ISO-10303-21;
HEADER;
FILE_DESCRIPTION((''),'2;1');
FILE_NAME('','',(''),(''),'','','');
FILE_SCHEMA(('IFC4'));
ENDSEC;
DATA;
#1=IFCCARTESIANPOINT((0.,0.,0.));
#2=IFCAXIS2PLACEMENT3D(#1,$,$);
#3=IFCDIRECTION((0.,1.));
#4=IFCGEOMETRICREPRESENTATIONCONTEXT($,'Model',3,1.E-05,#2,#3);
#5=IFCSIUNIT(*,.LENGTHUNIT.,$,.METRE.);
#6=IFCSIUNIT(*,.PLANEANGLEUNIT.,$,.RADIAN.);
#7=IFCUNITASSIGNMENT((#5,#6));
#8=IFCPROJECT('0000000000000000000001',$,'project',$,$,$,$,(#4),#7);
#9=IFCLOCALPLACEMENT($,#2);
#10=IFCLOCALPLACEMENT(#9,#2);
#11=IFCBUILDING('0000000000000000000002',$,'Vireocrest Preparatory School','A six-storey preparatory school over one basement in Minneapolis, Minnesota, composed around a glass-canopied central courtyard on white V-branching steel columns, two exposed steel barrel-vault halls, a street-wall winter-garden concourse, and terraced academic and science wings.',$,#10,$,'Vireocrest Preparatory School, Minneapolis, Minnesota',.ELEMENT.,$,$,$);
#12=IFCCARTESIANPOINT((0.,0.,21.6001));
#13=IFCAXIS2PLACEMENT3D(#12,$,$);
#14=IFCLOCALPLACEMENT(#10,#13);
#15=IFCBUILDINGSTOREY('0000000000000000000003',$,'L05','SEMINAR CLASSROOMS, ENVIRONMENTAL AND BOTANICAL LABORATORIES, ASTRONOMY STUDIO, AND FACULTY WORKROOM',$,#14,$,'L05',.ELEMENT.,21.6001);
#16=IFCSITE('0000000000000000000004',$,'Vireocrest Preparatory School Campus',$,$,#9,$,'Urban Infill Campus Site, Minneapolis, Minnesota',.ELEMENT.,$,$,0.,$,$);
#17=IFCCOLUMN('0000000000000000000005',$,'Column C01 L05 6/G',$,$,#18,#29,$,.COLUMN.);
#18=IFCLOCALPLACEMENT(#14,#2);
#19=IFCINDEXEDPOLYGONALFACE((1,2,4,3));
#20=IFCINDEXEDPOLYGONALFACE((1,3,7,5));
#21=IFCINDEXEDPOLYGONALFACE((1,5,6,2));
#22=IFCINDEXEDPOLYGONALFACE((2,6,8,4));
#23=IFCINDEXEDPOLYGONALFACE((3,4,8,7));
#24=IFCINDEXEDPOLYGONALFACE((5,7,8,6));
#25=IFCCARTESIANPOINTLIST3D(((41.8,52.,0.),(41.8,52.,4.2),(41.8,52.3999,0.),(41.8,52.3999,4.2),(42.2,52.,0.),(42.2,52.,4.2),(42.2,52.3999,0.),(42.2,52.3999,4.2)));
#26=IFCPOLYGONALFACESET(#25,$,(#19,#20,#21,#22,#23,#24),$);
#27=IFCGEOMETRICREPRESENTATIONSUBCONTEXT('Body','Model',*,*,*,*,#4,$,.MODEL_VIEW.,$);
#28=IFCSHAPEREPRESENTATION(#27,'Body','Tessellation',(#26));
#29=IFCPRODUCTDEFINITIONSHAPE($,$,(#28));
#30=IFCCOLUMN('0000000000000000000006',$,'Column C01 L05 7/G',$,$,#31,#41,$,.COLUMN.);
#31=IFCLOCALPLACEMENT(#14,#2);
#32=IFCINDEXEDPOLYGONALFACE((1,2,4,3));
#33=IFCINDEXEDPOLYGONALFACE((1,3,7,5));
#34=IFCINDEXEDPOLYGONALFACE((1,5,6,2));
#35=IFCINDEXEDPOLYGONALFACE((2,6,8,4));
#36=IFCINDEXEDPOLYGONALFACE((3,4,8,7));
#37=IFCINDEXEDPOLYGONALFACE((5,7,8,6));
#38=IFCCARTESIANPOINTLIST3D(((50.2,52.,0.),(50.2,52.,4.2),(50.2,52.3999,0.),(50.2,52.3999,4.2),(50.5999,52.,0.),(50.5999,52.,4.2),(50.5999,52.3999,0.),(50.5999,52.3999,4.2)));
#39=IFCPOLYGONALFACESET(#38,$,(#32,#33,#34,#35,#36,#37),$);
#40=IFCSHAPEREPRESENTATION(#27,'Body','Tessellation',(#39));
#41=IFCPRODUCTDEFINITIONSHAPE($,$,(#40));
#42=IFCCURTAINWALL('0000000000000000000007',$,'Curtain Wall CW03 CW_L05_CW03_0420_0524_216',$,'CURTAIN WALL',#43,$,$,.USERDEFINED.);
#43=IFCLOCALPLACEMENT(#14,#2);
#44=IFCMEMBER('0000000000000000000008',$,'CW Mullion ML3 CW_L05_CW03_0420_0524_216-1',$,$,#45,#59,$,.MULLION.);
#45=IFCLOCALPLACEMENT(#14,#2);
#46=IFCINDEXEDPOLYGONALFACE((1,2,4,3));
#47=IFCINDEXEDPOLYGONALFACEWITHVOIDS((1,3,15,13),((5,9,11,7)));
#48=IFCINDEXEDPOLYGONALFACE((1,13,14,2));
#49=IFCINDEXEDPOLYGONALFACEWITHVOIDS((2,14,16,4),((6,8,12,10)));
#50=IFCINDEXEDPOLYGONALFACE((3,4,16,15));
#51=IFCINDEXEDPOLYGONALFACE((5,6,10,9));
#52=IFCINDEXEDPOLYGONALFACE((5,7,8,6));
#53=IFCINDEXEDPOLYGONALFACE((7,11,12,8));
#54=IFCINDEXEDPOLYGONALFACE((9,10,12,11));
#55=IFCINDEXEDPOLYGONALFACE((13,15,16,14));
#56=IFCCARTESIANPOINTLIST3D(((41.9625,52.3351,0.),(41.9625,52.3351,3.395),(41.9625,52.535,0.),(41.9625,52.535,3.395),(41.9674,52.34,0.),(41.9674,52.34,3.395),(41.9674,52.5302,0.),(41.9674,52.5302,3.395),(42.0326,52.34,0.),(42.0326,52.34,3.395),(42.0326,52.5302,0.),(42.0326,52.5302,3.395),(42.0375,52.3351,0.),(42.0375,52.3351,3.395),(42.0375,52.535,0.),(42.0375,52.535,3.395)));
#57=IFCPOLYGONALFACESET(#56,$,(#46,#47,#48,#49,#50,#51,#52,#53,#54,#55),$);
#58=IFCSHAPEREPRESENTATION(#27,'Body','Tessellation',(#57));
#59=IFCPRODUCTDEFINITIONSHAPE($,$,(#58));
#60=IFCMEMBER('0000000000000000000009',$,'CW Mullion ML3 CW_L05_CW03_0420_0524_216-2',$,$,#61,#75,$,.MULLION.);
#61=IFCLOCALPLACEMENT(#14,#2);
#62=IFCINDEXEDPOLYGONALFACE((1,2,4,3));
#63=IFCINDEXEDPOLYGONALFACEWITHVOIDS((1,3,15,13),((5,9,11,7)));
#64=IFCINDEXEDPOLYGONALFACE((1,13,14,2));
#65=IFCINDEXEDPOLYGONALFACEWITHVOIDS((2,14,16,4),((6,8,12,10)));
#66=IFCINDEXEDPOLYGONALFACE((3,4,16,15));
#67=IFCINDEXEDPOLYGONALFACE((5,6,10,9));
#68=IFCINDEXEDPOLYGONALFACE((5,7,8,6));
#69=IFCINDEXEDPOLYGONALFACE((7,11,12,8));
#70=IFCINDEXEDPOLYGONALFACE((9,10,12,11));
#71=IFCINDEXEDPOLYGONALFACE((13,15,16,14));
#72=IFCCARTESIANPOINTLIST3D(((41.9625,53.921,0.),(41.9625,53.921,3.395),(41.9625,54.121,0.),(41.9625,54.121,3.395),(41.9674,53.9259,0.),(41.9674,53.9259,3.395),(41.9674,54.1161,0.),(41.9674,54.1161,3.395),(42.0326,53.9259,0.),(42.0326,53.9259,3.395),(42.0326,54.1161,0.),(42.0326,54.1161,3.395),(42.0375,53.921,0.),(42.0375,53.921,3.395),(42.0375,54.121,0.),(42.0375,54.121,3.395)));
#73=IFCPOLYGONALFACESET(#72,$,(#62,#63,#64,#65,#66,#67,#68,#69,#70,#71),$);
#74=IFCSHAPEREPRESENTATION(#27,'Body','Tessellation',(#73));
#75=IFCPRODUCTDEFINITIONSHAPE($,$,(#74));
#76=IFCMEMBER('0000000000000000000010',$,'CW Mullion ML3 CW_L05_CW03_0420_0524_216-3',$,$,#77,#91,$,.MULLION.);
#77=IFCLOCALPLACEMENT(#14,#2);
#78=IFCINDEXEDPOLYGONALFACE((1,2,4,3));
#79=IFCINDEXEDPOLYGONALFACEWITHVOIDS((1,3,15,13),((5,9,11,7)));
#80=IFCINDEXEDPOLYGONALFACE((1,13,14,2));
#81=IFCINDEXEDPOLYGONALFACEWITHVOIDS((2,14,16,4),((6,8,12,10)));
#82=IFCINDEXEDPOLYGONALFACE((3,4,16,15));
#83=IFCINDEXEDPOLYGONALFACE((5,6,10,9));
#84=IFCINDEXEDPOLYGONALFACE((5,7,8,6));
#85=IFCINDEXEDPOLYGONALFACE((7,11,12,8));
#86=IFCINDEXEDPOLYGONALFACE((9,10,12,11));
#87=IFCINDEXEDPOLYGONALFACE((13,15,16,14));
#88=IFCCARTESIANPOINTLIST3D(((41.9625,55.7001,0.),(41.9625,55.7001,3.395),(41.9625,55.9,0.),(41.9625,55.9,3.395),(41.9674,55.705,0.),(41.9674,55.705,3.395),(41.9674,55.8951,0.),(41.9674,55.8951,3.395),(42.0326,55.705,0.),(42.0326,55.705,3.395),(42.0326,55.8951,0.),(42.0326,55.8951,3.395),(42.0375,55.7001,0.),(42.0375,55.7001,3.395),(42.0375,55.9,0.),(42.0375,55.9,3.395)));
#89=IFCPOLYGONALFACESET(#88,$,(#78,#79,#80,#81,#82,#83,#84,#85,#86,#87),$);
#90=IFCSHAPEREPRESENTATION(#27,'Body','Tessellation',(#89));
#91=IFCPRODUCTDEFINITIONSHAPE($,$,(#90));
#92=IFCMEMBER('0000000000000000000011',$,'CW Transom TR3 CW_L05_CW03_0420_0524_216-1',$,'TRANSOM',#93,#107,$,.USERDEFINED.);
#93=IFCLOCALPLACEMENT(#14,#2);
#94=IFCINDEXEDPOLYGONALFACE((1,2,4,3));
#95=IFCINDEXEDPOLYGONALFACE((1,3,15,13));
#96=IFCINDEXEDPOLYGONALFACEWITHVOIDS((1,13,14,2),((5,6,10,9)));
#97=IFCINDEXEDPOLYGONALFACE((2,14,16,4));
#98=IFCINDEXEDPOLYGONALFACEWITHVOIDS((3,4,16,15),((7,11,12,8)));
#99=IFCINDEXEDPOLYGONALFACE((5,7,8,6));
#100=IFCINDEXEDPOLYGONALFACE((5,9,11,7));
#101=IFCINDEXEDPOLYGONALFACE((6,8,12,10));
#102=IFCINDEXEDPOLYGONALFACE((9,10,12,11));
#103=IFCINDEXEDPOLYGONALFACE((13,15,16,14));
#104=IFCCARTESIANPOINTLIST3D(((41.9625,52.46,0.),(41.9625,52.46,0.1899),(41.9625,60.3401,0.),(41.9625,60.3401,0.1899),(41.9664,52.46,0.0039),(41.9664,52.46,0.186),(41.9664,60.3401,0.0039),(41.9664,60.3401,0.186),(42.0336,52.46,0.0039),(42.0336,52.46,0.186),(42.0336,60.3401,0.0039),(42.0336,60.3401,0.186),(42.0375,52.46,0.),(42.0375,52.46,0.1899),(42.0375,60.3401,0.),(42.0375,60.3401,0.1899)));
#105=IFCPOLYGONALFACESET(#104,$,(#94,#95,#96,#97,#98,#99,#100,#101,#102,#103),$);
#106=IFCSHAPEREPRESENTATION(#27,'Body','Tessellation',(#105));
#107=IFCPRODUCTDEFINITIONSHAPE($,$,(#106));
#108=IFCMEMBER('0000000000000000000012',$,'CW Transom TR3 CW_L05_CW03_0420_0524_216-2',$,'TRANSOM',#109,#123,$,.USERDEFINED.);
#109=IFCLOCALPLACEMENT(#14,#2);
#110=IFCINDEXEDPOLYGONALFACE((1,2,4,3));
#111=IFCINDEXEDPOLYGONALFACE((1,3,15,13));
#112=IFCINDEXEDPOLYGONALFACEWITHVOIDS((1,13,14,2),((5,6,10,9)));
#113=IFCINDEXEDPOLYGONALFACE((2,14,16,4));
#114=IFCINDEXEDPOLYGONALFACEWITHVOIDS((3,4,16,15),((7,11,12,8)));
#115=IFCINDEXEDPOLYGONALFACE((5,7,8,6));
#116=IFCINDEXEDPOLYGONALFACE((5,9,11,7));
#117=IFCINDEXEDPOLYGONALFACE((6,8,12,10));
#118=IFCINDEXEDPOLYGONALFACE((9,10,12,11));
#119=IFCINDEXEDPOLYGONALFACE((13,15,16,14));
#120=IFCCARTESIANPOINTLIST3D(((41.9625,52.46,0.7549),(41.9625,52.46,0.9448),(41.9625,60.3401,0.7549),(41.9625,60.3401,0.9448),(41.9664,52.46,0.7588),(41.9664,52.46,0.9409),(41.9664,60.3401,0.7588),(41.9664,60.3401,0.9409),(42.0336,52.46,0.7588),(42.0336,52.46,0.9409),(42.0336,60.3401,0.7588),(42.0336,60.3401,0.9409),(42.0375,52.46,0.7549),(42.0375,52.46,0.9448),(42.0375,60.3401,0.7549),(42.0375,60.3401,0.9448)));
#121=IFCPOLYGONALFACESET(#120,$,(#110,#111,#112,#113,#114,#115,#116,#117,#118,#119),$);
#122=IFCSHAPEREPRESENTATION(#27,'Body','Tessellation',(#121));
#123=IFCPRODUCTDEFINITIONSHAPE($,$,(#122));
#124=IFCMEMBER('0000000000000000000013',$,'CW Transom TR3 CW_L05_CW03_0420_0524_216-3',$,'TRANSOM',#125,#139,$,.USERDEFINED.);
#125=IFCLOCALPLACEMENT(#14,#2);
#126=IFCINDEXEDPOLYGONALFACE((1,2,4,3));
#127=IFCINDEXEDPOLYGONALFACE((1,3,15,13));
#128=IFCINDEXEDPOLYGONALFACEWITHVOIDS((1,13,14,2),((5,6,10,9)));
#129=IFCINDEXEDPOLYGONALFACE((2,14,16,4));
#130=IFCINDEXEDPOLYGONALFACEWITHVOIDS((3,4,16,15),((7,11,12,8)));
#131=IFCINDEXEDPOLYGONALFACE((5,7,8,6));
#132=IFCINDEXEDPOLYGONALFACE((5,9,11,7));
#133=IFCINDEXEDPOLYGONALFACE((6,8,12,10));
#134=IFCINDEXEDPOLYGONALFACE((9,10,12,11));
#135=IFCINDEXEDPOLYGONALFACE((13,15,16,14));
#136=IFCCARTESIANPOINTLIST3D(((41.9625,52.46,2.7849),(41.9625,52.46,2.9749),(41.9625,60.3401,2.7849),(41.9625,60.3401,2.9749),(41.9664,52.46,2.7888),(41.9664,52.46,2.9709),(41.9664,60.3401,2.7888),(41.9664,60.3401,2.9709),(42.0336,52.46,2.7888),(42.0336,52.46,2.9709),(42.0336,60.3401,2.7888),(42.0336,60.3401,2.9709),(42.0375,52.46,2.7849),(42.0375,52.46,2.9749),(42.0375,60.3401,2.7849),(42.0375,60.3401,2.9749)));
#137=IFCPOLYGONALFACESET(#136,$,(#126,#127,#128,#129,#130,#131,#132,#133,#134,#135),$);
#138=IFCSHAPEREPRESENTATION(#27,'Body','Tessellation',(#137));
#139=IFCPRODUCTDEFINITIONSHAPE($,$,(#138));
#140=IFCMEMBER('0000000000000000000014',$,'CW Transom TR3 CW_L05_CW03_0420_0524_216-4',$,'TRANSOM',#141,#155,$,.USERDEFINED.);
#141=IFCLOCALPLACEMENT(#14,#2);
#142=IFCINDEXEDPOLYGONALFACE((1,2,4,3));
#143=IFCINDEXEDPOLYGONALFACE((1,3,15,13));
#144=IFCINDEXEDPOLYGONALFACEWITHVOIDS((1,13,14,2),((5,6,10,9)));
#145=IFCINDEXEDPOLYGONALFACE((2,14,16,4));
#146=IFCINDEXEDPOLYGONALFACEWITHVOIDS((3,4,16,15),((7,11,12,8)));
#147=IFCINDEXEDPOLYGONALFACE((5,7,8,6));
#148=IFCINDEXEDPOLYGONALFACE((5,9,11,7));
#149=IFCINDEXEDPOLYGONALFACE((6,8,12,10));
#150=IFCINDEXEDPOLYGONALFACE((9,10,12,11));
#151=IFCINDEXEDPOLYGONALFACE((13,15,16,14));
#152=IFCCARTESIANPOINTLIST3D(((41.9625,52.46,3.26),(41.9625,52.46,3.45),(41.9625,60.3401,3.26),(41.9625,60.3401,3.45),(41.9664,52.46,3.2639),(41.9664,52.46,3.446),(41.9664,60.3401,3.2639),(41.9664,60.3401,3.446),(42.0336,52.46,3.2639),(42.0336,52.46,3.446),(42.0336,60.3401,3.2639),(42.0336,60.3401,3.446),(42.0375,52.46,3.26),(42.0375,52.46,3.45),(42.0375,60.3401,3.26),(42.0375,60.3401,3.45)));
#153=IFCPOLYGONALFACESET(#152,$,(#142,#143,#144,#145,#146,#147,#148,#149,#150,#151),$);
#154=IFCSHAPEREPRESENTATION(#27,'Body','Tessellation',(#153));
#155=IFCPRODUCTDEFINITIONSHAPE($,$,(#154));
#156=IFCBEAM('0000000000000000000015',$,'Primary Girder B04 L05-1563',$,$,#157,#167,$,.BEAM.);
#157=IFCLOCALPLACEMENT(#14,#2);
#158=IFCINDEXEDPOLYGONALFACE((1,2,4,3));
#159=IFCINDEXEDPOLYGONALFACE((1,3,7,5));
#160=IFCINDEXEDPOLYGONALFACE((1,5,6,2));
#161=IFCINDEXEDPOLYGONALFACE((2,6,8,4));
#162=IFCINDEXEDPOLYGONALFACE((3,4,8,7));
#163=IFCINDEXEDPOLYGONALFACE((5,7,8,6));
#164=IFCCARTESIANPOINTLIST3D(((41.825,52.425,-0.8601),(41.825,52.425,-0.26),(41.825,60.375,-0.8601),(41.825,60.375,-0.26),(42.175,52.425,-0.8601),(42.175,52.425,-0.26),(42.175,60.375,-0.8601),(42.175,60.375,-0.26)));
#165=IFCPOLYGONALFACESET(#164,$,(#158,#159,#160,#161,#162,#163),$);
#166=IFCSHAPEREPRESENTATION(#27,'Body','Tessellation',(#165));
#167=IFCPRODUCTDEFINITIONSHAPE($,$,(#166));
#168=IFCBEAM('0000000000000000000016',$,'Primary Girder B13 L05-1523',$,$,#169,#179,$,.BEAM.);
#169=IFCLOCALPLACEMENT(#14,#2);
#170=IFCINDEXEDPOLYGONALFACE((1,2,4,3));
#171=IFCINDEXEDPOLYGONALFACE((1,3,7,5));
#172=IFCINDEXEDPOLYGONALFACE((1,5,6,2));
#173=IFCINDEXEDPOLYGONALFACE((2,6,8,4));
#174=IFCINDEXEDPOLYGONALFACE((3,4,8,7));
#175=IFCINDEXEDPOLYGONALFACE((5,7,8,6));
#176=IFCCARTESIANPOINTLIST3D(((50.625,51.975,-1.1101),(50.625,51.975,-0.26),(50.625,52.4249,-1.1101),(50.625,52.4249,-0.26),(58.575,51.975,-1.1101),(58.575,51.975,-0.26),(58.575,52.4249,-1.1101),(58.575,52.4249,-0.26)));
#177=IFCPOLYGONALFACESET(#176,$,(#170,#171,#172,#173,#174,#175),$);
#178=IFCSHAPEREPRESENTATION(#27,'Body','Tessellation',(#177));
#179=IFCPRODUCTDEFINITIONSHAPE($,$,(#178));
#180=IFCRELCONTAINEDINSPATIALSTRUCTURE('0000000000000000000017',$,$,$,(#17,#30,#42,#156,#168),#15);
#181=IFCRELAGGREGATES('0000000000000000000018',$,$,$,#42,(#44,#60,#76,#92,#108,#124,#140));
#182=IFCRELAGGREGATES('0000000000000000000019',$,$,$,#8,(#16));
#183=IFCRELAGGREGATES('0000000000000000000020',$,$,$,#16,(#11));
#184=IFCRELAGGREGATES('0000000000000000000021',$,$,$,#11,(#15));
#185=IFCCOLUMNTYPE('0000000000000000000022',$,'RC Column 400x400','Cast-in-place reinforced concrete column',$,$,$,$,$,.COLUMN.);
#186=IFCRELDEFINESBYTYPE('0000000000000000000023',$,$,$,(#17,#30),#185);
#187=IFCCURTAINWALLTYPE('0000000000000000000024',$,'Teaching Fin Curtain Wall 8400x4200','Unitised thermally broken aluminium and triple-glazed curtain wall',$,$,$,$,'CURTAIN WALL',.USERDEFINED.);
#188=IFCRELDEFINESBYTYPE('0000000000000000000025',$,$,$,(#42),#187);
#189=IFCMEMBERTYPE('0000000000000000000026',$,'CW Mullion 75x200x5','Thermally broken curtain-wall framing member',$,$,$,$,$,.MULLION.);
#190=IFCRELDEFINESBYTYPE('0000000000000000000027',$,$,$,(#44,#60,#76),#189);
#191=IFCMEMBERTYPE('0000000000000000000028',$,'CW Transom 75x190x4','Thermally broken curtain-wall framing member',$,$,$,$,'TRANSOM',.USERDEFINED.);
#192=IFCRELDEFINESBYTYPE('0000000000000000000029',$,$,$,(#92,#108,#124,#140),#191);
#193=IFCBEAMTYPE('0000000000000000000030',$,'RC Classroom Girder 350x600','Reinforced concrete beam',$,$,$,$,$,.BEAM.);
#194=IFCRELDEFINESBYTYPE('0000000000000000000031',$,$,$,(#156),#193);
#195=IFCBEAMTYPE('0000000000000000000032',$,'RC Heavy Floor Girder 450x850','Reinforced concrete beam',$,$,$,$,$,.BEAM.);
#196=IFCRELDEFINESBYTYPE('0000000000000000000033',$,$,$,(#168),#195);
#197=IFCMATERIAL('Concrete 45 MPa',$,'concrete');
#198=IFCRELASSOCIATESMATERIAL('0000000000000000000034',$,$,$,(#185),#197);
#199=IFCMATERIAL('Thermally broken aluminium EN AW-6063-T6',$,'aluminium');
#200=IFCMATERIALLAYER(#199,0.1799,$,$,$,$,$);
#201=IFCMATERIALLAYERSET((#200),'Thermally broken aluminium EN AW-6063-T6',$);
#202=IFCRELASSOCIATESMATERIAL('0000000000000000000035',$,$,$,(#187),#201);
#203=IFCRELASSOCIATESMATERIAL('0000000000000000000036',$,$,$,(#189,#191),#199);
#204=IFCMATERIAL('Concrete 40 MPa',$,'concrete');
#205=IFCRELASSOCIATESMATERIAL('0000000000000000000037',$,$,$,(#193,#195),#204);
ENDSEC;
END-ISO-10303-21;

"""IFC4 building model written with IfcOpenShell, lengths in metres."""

from ifc_helpers import new_model, si_unit, direction, frame, origin, origin_2d, place, context, subcontext, project, spatial, rectangle, hollow_rectangle, extrude, material, layer, layer_set, material_profile, profile_set, type_object, element, aggregate, save


model = new_model("IFC4")

# Units and contexts
model_context = context("Model", 3, precision=1e-05, world=origin(), true_north=direction((0.0, 1.0)))
body_context = subcontext(model_context, "Body", "Model", "MODEL_VIEW")
ifc_project = project(units=[si_unit("LENGTHUNIT", "METRE"), si_unit("PLANEANGLEUNIT", "RADIAN")], contexts=[model_context])

# Site, building, storey
site_placement = place(None, origin())
site = spatial("IfcSite", under=ifc_project, at=site_placement, Name="Vireocrest Preparatory School Campus", LongName="Urban Infill Campus Site, Minneapolis, Minnesota", CompositionType="ELEMENT", RefElevation=0.0)
building_placement = place(site_placement, origin())
building = spatial("IfcBuilding", under=site, at=building_placement, Name="Vireocrest Preparatory School", Description="A six-storey preparatory school over one basement in Minneapolis, Minnesota, composed around a glass-canopied central courtyard on white V-branching steel columns, two exposed steel barrel-vault halls, a street-wall winter-garden concourse, and terraced academic and science wings.", LongName="Vireocrest Preparatory School, Minneapolis, Minnesota", CompositionType="ELEMENT")
storey_placement = place(building_placement, frame((0.0, 0.0, 21.6001)))
storey = spatial("IfcBuildingStorey", under=building, at=storey_placement, Name="L05", Description="SEMINAR CLASSROOMS, ENVIRONMENTAL AND BOTANICAL LABORATORIES, ASTRONOMY STUDIO, AND FACULTY WORKROOM", LongName="L05", CompositionType="ELEMENT", Elevation=21.6001)

# Columns
ifc_material_1 = material(Name="Concrete 45 MPa", Category="concrete")
ifc_material_profile_1 = material_profile(ifc_material_1, rectangle(XDim=0.3999, YDim=0.3999, at=origin_2d()), Name="RC 400x400")
ifc_profile_set_1 = profile_set([ifc_material_profile_1], Name="Concrete 45 MPa")
column_type = type_object("IfcColumnType", Name="RC Column 400x400", Description="Cast-in-place reinforced concrete column", PredefinedType="COLUMN", material=ifc_profile_set_1)
for number, where, z_axis, x_axis, name in (
    (1, (42.0, 52.2, 0.0), (0.0, 0.0, 1.0), (1.0, 0.0, 0.0), "Column C01 L05 6/G"),
    (2, (50.3999, 52.2, 0.0), (0.0, 0.0, 1.0), (1.0, 0.0, 0.0), "Column C01 L05 7/G"),
):
    element("IfcColumn", number, at=place(storey_placement, frame(where, z_axis=z_axis, x_axis=x_axis)), inside=storey, type_object=column_type, Name=name, PredefinedType="COLUMN", context=body_context, shape_type="SweptSolid", body=[
        extrude(rectangle(XDim=0.3999, YDim=0.3999, at=origin_2d()), origin(), (0.0, 0.0, 1.0), 4.2),
    ])

# Curtain wall, members
ifc_material_2 = material(Name="Thermally broken aluminium EN AW-6063-T6", Category="aluminium")
ifc_layer_1 = layer(ifc_material_2, 0.1799)
ifc_layer_set_1 = layer_set([ifc_layer_1], Name="Thermally broken aluminium EN AW-6063-T6")
curtain_wall_type = type_object("IfcCurtainWallType", Name="Teaching Fin Curtain Wall 8400x4200", Description="Unitised thermally broken aluminium and triple-glazed curtain wall", ElementType="CURTAIN WALL", PredefinedType="USERDEFINED", material=ifc_layer_set_1)
curtain_wall_placement = place(storey_placement, origin())
curtain_wall = element("IfcCurtainWall", 3, at=curtain_wall_placement, inside=storey, type_object=curtain_wall_type, Name="Curtain Wall CW03 CW_L05_CW03_0420_0524_216", ObjectType="CURTAIN WALL", PredefinedType="USERDEFINED")
ifc_material_profile_2 = material_profile(ifc_material_2, hollow_rectangle(XDim=0.075, YDim=0.2, WallThickness=0.0049, at=origin_2d()), Name="ALU 75x200x5")
ifc_profile_set_2 = profile_set([ifc_material_profile_2], Name="Thermally broken aluminium EN AW-6063-T6")
member_type_1 = type_object("IfcMemberType", Name="CW Mullion 75x200x5", Description="Thermally broken curtain-wall framing member", PredefinedType="MULLION", material=ifc_profile_set_2)
member_1_placement = place(storey_placement, frame((42.0, 52.4351, 0.0), z_axis=(0.0, 0.0, 1.0), x_axis=(1.0, 0.0, 0.0)))
member_1 = element("IfcMember", 4, at=member_1_placement, type_object=member_type_1, Name="CW Mullion ML3 CW_L05_CW03_0420_0524_216-1", PredefinedType="MULLION", context=body_context, shape_type="SweptSolid", body=[
    extrude(hollow_rectangle(XDim=0.075, YDim=0.2, WallThickness=0.0049, at=origin_2d()), origin(), (0.0, 0.0, 1.0), 3.395),
])
member_2_placement = place(storey_placement, frame((42.0, 54.021, 0.0), z_axis=(0.0, 0.0, 1.0), x_axis=(1.0, 0.0, 0.0)))
member_2 = element("IfcMember", 5, at=member_2_placement, type_object=member_type_1, Name="CW Mullion ML3 CW_L05_CW03_0420_0524_216-2", PredefinedType="MULLION", context=body_context, shape_type="SweptSolid", body=[
    extrude(hollow_rectangle(XDim=0.075, YDim=0.2, WallThickness=0.0049, at=origin_2d()), origin(), (0.0, 0.0, 1.0), 3.395),
])
member_3_placement = place(storey_placement, frame((42.0, 55.8, 0.0), z_axis=(0.0, 0.0, 1.0), x_axis=(1.0, 0.0, 0.0)))
member_3 = element("IfcMember", 6, at=member_3_placement, type_object=member_type_1, Name="CW Mullion ML3 CW_L05_CW03_0420_0524_216-3", PredefinedType="MULLION", context=body_context, shape_type="SweptSolid", body=[
    extrude(hollow_rectangle(XDim=0.075, YDim=0.2, WallThickness=0.0049, at=origin_2d()), origin(), (0.0, 0.0, 1.0), 3.395),
])
ifc_material_profile_3 = material_profile(ifc_material_2, hollow_rectangle(XDim=0.075, YDim=0.1899, WallThickness=0.0039, at=origin_2d()), Name="ALU 75x190x4")
ifc_profile_set_3 = profile_set([ifc_material_profile_3], Name="Thermally broken aluminium EN AW-6063-T6")
member_type_2 = type_object("IfcMemberType", Name="CW Transom 75x190x4", Description="Thermally broken curtain-wall framing member", ElementType="TRANSOM", PredefinedType="USERDEFINED", material=ifc_profile_set_3)
member_4_placement = place(storey_placement, frame((42.0, 52.46, 0.095), z_axis=(0.0, 1.0, 0.0), x_axis=(-1.0, 0.0, 0.0)))
member_4 = element("IfcMember", 7, at=member_4_placement, type_object=member_type_2, Name="CW Transom TR3 CW_L05_CW03_0420_0524_216-1", ObjectType="TRANSOM", PredefinedType="USERDEFINED", context=body_context, shape_type="SweptSolid", body=[
    extrude(hollow_rectangle(XDim=0.075, YDim=0.1899, WallThickness=0.0039, at=origin_2d()), origin(), (0.0, 0.0, 1.0), 7.8801),
])
member_5_placement = place(storey_placement, frame((42.0, 52.46, 0.8499), z_axis=(0.0, 1.0, 0.0), x_axis=(-1.0, 0.0, 0.0)))
member_5 = element("IfcMember", 8, at=member_5_placement, type_object=member_type_2, Name="CW Transom TR3 CW_L05_CW03_0420_0524_216-2", ObjectType="TRANSOM", PredefinedType="USERDEFINED", context=body_context, shape_type="SweptSolid", body=[
    extrude(hollow_rectangle(XDim=0.075, YDim=0.1899, WallThickness=0.0039, at=origin_2d()), origin(), (0.0, 0.0, 1.0), 7.8801),
])
member_6_placement = place(storey_placement, frame((42.0, 52.46, 2.8799), z_axis=(0.0, 1.0, 0.0), x_axis=(-1.0, 0.0, 0.0)))
member_6 = element("IfcMember", 9, at=member_6_placement, type_object=member_type_2, Name="CW Transom TR3 CW_L05_CW03_0420_0524_216-3", ObjectType="TRANSOM", PredefinedType="USERDEFINED", context=body_context, shape_type="SweptSolid", body=[
    extrude(hollow_rectangle(XDim=0.075, YDim=0.1899, WallThickness=0.0039, at=origin_2d()), origin(), (0.0, 0.0, 1.0), 7.8801),
])
member_7_placement = place(storey_placement, frame((42.0, 52.46, 3.355), z_axis=(0.0, 1.0, 0.0), x_axis=(-1.0, 0.0, 0.0)))
member_7 = element("IfcMember", 10, at=member_7_placement, type_object=member_type_2, Name="CW Transom TR3 CW_L05_CW03_0420_0524_216-4", ObjectType="TRANSOM", PredefinedType="USERDEFINED", context=body_context, shape_type="SweptSolid", body=[
    extrude(hollow_rectangle(XDim=0.075, YDim=0.1899, WallThickness=0.0039, at=origin_2d()), origin(), (0.0, 0.0, 1.0), 7.8801),
])

# Beams
ifc_material_3 = material(Name="Concrete 40 MPa", Category="concrete")
ifc_material_profile_4 = material_profile(ifc_material_3, rectangle(XDim=0.3501, YDim=0.6001, at=origin_2d()), Name="RC 350x600")
ifc_profile_set_4 = profile_set([ifc_material_profile_4], Name="Concrete 40 MPa")
beam_type_1 = type_object("IfcBeamType", Name="RC Classroom Girder 350x600", Description="Reinforced concrete beam", PredefinedType="BEAM", material=ifc_profile_set_4)
beam_1_placement = place(storey_placement, frame((42.0, 52.425, -0.5601), z_axis=(0.0, 1.0, 0.0), x_axis=(-1.0, 0.0, 0.0)))
element("IfcBeam", 11, at=beam_1_placement, inside=storey, type_object=beam_type_1, Name="Primary Girder B04 L05-1563", PredefinedType="BEAM", context=body_context, shape_type="SweptSolid", body=[
    extrude(rectangle(XDim=0.3501, YDim=0.6001, at=origin_2d()), origin(), (0.0, 0.0, 1.0), 7.95),
])
ifc_material_profile_5 = material_profile(ifc_material_3, rectangle(XDim=0.45, YDim=0.8501, at=origin_2d()), Name="RC 450x850")
ifc_profile_set_5 = profile_set([ifc_material_profile_5], Name="Concrete 40 MPa")
beam_type_2 = type_object("IfcBeamType", Name="RC Heavy Floor Girder 450x850", Description="Reinforced concrete beam", PredefinedType="BEAM", material=ifc_profile_set_5)
beam_2_placement = place(storey_placement, frame((50.625, 52.2, -0.6851), z_axis=(1.0, 0.0, 0.0), x_axis=(0.0, 1.0, 0.0)))
element("IfcBeam", 12, at=beam_2_placement, inside=storey, type_object=beam_type_2, Name="Primary Girder B13 L05-1523", PredefinedType="BEAM", context=body_context, shape_type="SweptSolid", body=[
    extrude(rectangle(XDim=0.45, YDim=0.8501, at=origin_2d()), origin(), (0.0, 0.0, 1.0), 7.95),
])

aggregate(curtain_wall, [member_1, member_2, member_3, member_4, member_5, member_6, member_7])

save(model, "model.ifc")
